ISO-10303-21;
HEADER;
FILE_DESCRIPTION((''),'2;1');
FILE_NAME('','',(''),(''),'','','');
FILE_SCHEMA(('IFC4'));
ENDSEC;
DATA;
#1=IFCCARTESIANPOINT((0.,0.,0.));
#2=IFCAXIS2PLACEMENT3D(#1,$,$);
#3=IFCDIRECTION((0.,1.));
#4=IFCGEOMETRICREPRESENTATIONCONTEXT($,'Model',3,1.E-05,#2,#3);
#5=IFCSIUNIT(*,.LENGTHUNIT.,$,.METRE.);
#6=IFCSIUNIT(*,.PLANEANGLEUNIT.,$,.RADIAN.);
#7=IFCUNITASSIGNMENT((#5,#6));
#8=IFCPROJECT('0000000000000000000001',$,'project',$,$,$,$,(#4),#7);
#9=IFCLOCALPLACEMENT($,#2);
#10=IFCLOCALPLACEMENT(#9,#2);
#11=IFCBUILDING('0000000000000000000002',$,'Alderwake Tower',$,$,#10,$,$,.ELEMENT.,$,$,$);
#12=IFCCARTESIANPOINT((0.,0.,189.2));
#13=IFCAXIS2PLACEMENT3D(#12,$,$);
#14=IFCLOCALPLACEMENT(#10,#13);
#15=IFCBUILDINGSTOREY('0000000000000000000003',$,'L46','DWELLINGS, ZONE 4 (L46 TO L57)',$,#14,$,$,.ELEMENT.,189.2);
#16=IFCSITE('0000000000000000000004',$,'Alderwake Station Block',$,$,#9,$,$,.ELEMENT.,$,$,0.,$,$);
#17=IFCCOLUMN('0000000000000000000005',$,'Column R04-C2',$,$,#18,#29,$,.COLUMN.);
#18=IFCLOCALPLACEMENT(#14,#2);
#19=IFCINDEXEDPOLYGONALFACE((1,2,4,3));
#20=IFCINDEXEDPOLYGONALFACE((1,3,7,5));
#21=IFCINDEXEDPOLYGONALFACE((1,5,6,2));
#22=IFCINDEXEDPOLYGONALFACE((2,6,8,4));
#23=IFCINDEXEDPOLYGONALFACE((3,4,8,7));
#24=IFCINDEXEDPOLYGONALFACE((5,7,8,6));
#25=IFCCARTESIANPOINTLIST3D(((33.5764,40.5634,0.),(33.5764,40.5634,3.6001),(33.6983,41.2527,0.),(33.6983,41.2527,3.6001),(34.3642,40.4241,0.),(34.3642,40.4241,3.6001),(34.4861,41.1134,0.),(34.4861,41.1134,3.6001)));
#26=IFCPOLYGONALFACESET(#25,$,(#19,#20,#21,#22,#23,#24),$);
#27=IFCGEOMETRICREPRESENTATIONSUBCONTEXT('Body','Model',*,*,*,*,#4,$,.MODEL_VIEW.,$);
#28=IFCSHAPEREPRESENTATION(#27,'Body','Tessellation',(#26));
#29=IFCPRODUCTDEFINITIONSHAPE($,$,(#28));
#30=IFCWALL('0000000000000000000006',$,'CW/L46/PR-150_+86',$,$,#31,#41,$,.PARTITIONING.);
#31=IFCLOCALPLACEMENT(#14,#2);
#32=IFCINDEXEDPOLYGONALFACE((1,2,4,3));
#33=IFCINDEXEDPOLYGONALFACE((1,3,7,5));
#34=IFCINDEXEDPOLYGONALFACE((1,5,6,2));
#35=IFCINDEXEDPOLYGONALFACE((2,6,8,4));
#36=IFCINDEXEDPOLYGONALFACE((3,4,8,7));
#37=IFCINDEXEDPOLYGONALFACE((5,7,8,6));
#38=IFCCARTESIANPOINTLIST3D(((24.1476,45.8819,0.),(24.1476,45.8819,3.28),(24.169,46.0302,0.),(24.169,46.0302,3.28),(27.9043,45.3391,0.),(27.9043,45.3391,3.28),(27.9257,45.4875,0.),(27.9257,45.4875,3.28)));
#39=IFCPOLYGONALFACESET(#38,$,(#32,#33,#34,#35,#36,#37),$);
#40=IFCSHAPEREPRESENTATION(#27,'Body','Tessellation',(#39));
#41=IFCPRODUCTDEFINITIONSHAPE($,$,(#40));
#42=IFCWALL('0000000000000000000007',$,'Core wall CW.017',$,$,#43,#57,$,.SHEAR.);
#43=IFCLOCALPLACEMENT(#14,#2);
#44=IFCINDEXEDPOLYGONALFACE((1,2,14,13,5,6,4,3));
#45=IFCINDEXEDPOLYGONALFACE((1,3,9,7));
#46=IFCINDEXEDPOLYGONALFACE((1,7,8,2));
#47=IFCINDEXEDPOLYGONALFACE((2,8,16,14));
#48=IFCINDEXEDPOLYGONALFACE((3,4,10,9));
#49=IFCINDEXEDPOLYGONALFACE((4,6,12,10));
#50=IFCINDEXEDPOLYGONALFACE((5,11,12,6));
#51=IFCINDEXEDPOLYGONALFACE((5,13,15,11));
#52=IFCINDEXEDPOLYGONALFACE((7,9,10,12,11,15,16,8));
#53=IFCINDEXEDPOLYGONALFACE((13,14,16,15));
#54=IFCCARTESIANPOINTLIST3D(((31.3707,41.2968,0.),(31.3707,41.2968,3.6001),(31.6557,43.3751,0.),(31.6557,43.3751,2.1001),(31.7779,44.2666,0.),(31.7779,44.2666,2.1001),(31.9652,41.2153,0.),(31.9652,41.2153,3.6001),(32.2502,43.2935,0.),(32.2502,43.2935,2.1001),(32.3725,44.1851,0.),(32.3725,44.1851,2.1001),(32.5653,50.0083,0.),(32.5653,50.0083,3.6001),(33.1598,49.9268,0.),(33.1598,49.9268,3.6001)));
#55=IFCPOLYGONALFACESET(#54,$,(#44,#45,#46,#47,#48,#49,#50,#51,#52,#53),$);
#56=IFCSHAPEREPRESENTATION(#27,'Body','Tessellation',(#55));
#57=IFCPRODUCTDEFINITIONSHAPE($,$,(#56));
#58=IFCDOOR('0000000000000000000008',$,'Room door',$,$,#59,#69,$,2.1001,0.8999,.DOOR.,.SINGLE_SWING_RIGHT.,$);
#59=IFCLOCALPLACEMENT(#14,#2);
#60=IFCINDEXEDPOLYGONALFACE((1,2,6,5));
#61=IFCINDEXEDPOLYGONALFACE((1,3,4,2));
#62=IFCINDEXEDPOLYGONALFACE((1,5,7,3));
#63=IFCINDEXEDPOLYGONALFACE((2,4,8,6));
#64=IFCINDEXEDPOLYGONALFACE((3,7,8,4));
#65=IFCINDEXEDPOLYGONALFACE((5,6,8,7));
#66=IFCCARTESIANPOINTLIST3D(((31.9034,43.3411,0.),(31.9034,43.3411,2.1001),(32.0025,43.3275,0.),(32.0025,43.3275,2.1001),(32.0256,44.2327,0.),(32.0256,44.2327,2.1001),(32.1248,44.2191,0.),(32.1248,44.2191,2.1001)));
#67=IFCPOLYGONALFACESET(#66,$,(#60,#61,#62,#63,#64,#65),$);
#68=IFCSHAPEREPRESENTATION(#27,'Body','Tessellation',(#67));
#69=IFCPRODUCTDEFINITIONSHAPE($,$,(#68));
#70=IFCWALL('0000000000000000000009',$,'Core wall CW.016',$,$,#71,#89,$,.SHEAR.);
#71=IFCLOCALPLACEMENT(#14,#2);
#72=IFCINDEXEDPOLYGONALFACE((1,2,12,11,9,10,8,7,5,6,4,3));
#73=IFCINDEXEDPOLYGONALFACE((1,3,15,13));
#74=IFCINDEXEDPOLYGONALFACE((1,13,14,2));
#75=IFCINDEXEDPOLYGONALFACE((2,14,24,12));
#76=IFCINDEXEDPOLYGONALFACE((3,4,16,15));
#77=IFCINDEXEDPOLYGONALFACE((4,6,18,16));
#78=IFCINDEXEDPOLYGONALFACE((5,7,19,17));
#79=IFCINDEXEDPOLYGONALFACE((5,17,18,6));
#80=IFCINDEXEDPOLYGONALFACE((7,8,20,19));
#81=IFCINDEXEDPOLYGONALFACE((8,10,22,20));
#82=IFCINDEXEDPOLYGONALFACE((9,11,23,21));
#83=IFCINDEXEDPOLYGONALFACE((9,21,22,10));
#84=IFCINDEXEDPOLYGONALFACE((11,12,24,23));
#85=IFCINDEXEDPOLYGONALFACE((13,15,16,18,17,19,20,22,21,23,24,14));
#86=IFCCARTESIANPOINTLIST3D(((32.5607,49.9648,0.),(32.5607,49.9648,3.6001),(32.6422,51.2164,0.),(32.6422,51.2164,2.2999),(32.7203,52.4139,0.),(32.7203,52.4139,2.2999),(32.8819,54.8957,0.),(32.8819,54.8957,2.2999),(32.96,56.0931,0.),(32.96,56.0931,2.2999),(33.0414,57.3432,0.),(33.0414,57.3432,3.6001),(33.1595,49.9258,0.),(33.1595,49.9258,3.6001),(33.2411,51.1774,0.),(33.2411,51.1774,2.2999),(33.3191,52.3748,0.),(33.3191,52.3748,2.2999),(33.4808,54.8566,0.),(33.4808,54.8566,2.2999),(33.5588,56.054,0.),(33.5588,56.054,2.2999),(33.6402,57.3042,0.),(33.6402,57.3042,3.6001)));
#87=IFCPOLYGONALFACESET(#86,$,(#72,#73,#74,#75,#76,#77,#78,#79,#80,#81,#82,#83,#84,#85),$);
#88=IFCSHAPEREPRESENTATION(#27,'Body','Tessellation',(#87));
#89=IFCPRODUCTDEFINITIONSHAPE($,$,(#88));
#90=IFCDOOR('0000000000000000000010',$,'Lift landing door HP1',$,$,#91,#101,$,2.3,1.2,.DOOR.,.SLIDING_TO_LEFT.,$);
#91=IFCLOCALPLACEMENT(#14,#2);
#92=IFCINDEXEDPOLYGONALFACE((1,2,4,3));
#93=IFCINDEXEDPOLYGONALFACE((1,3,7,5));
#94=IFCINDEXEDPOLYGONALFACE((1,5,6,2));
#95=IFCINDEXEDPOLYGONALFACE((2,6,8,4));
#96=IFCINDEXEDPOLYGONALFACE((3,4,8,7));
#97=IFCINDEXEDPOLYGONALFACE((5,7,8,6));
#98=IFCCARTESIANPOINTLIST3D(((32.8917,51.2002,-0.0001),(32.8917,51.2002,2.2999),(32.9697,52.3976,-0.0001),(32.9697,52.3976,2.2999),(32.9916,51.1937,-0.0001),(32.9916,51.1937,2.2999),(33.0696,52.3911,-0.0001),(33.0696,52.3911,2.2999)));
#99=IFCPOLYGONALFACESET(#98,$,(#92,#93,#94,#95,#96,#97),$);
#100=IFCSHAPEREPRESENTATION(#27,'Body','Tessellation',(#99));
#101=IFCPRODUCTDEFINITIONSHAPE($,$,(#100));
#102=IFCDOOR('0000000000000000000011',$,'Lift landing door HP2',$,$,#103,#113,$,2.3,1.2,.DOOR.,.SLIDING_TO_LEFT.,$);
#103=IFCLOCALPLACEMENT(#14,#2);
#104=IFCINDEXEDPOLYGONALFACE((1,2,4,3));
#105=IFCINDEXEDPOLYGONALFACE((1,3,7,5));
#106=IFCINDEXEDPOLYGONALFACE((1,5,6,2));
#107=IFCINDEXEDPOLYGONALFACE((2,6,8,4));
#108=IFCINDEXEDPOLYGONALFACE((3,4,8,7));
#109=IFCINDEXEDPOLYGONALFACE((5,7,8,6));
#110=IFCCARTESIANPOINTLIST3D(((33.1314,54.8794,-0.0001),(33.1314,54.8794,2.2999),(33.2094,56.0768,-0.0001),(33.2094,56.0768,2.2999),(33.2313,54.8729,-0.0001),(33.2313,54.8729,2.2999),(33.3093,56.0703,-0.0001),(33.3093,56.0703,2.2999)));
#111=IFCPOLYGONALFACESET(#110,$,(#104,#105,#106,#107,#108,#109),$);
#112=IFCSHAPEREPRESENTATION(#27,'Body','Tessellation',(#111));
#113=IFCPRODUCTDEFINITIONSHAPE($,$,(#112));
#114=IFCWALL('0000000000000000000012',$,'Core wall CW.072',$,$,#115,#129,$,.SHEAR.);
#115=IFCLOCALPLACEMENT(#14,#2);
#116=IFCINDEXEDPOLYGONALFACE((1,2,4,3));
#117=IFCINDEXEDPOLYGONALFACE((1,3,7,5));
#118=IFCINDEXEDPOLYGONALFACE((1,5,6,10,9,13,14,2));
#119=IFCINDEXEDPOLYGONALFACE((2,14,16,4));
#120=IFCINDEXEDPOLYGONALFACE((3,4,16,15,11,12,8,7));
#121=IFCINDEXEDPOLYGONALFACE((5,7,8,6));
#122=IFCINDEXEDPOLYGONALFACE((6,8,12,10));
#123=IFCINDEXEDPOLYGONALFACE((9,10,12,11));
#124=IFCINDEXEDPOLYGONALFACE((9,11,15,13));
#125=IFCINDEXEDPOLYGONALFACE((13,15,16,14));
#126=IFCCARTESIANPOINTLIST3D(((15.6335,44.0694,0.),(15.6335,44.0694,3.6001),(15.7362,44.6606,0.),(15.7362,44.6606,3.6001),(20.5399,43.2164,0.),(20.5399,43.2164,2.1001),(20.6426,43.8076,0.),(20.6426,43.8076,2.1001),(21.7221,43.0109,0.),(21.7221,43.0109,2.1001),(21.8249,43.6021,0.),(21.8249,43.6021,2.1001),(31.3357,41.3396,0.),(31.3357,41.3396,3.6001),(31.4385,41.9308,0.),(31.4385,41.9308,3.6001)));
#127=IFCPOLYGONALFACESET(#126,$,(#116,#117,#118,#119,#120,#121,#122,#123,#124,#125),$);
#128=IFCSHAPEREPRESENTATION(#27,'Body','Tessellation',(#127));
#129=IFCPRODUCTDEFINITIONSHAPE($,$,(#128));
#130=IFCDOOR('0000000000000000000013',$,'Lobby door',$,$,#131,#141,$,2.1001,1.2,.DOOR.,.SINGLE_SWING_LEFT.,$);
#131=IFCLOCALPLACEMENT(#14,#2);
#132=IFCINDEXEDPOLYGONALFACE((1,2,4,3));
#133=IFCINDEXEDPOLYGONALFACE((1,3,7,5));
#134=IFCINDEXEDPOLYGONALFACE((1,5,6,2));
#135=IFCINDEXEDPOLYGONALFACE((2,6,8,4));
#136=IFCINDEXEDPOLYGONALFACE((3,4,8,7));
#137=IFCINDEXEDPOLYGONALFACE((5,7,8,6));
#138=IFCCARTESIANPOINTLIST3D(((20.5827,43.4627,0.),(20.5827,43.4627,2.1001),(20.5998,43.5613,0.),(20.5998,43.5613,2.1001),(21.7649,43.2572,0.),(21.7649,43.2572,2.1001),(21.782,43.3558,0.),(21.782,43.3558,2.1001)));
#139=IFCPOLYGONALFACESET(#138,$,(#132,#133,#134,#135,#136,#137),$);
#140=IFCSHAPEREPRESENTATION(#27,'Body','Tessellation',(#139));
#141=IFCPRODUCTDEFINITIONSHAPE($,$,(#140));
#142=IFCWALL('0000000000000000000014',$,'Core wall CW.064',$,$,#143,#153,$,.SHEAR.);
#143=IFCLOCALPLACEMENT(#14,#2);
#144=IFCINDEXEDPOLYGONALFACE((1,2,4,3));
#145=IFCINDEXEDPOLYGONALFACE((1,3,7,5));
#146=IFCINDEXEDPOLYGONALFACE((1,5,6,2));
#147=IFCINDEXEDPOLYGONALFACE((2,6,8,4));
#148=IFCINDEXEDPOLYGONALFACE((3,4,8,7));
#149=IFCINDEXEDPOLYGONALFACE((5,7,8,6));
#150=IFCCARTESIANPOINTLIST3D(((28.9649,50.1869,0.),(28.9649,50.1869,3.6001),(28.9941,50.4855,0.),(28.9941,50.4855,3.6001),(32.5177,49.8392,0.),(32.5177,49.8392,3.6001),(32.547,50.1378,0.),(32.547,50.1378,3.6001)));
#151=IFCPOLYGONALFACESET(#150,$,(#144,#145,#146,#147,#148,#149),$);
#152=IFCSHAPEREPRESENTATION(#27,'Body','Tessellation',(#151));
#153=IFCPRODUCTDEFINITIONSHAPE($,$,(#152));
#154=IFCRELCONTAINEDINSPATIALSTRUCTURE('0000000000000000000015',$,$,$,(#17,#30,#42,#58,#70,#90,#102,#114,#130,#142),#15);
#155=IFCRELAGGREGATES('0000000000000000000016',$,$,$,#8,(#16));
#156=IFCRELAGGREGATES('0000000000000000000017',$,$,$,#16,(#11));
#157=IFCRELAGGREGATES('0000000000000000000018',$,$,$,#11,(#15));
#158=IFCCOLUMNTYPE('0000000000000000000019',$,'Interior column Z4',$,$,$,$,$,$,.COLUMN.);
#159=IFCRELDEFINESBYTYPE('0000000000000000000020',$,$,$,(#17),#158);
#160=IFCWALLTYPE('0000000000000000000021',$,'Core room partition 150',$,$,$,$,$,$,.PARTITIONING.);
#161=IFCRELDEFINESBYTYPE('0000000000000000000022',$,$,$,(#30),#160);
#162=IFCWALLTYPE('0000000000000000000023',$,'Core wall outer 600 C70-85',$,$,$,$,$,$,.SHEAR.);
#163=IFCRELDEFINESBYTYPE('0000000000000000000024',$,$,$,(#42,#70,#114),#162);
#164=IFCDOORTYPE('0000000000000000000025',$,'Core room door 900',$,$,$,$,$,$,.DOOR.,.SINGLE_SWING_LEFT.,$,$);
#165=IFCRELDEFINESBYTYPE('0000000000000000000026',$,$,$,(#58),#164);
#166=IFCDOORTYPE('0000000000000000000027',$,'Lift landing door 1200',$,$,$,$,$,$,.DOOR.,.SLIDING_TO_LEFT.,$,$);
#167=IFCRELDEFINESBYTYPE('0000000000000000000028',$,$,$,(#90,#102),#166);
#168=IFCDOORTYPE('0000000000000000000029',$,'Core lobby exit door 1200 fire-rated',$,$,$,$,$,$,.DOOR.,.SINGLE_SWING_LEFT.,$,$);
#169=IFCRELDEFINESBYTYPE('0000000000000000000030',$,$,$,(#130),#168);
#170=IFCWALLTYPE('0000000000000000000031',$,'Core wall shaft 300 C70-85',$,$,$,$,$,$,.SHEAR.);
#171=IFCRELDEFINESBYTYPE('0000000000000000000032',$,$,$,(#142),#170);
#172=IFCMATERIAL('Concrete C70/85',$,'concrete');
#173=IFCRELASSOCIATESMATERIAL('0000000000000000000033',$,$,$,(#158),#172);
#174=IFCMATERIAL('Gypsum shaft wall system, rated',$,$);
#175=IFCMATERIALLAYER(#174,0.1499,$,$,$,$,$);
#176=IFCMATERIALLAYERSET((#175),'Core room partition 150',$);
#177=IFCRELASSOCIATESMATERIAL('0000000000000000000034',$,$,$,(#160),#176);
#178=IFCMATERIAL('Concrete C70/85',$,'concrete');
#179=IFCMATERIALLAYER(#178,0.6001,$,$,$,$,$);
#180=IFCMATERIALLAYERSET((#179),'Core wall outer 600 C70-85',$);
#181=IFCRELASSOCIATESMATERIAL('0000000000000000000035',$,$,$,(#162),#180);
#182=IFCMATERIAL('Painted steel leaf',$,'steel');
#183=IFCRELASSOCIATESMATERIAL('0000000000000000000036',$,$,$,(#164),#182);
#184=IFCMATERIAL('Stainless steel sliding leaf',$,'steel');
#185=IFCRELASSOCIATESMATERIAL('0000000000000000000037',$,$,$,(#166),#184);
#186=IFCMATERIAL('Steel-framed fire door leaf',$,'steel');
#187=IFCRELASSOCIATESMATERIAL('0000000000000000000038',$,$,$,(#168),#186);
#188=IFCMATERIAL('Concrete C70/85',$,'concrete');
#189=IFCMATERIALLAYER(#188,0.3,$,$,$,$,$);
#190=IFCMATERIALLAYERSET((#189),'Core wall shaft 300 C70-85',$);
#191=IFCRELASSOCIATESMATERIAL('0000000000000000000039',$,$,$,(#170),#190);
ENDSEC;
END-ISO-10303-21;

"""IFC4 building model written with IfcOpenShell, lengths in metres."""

from ifc_helpers import new_model, si_unit, direction, frame, frame_2d, origin, origin_2d, place, context, subcontext, project, spatial, rectangle, extrude, material, layer, layer_set, material_profile, profile_set, type_object, element, fill, save


model = new_model("IFC4")

# Units and contexts
model_context = context("Model", 3, precision=1e-05, world=origin(), true_north=direction((0.0, 1.0)))
body_context = subcontext(model_context, "Body", "Model", "MODEL_VIEW")
ifc_project = project(units=[si_unit("LENGTHUNIT", "METRE"), si_unit("PLANEANGLEUNIT", "RADIAN")], contexts=[model_context])

# Site, building, storey
site_placement = place(None, origin())
site = spatial("IfcSite", under=ifc_project, at=site_placement, Name="Alderwake Station Block", CompositionType="ELEMENT", RefElevation=0.0)
building_placement = place(site_placement, origin())
building = spatial("IfcBuilding", under=site, at=building_placement, Name="Alderwake Tower", CompositionType="ELEMENT")
storey_placement = place(building_placement, frame((0.0, 0.0, 189.2)))
storey = spatial("IfcBuildingStorey", under=building, at=storey_placement, Name="L46", Description="DWELLINGS, ZONE 4 (L46 TO L57)", CompositionType="ELEMENT", Elevation=189.2)

# Column
ifc_material_1 = material(Name="Concrete C70/85", Category="concrete")
ifc_material_profile = material_profile(ifc_material_1, rectangle(XDim=0.7, YDim=0.8, at=origin_2d()), Name="RC 800X700")
ifc_profile_set = profile_set([ifc_material_profile], Name="Concrete C70/85")
column_type = type_object("IfcColumnType", Name="Interior column Z4", PredefinedType="COLUMN", material=ifc_profile_set)
column_placement = place(storey_placement, frame((34.0312, 40.8384, 0.0), z_axis=(0.0, 0.0, 1.0), x_axis=(0.174109, 0.984726, 0.0)))
element("IfcColumn", 1, at=column_placement, inside=storey, type_object=column_type, Name="Column R04-C2", PredefinedType="COLUMN", context=body_context, shape_type="SweptSolid", body=[
    extrude(rectangle(XDim=0.7, YDim=0.8, at=origin_2d()), origin(), (0.0, 0.0, 1.0), 3.6001),
])

# Wall
ifc_material_2 = material(Name="Gypsum shaft wall system, rated")
ifc_layer_1 = layer(ifc_material_2, 0.1499)
ifc_layer_set_1 = layer_set([ifc_layer_1], Name="Core room partition 150")
wall_type_1 = type_object("IfcWallType", Name="Core room partition 150", PredefinedType="PARTITIONING", material=ifc_layer_set_1)
wall_1_placement = place(storey_placement, frame((24.1582, 45.9561, 0.0), z_axis=(0.0, 0.0, 1.0), x_axis=(0.989724, -0.142988, 0.0)))
element("IfcWall", 2, at=wall_1_placement, inside=storey, type_object=wall_type_1, Name="CW/L46/PR-150_+86", PredefinedType="PARTITIONING", context=body_context, shape_type="SweptSolid", body=[
    extrude(rectangle(XDim=3.7957, YDim=0.1499, at=frame_2d((1.8979, 0.0))), origin(), (0.0, 0.0, 1.0), 3.28),
])

# Wall, opening, door
ifc_material_3 = material(Name="Concrete C70/85", Category="concrete")
ifc_layer_2 = layer(ifc_material_3, 0.6001)
ifc_layer_set_2 = layer_set([ifc_layer_2], Name="Core wall outer 600 C70-85")
wall_type_2 = type_object("IfcWallType", Name="Core wall outer 600 C70-85", PredefinedType="SHEAR", material=ifc_layer_set_2)
wall_2_placement = place(storey_placement, frame((32.8625, 49.9675, 0.0), z_axis=(0.0, 0.0, 1.0), x_axis=(-0.135857, -0.990729, 0.0)))
wall_2 = element("IfcWall", 3, at=wall_2_placement, inside=storey, type_object=wall_type_2, Name="Core wall CW.017", PredefinedType="SHEAR", context=body_context, shape_type="SweptSolid", body=[
    extrude(rectangle(XDim=8.793, YDim=0.6001, at=frame_2d((4.3965, 0.0))), origin(), (0.0, 0.0, 1.0), 3.6001),
])
opening_1_placement = place(wall_2_placement, frame((5.7954, 0.0, 0.0)))
opening_1 = element("IfcOpeningElement", 4, at=opening_1_placement, cuts=wall_2, PredefinedType="OPENING", context=body_context, shape_type="SweptSolid", body=[
    extrude(rectangle(XDim=0.8999, YDim=2.1001, at=frame_2d((0.45, 1.05))), frame((0.0, 0.3101, 0.0), z_axis=(0.0, -1.0, 0.0), x_axis=(1.0, 0.0, 0.0)), (0.0, 0.0, 1.0), 0.6201),
])
ifc_material_4 = material(Name="Painted steel leaf", Category="steel")
door_type_1 = type_object("IfcDoorType", Name="Core room door 900", OperationType="SINGLE_SWING_LEFT", PredefinedType="DOOR", material=ifc_material_4)
door_1_placement = place(opening_1_placement, origin())
door_1 = element("IfcDoor", 5, at=door_1_placement, inside=storey, type_object=door_type_1, Name="Room door", OperationType="SINGLE_SWING_RIGHT", OverallHeight=2.1001, OverallWidth=0.8999, PredefinedType="DOOR", context=body_context, shape_type="SweptSolid", body=[
    extrude(rectangle(XDim=0.8999, YDim=2.1001, at=frame_2d((0.45, 1.05))), frame((0.0, 0.05, 0.0), z_axis=(0.0, -1.0, 0.0), x_axis=(1.0, 0.0, 0.0)), (0.0, 0.0, 1.0), 0.1001),
])
fill(opening_1, door_1)

# Wall, openings, doors
wall_3_placement = place(storey_placement, frame((32.8601, 49.9453, 0.0), z_axis=(0.0, 0.0, 1.0), x_axis=(0.065013, 0.997884, 0.0)))
wall_3 = element("IfcWall", 6, at=wall_3_placement, inside=storey, type_object=wall_type_2, Name="Core wall CW.016", PredefinedType="SHEAR", context=body_context, shape_type="SweptSolid", body=[
    extrude(rectangle(XDim=7.394, YDim=0.6001, at=frame_2d((3.697, 0.0))), origin(), (0.0, 0.0, 1.0), 3.6001),
])
opening_2_placement = place(wall_3_placement, frame((1.2542, 0.0, 0.0)))
opening_2 = element("IfcOpeningElement", 7, at=opening_2_placement, cuts=wall_3, PredefinedType="OPENING", context=body_context, shape_type="SweptSolid", body=[
    extrude(rectangle(XDim=1.2, YDim=2.3, at=frame_2d((0.6001, 1.1499))), frame((0.0, 0.3101, 0.0), z_axis=(0.0, -1.0, 0.0), x_axis=(1.0, 0.0, 0.0)), (0.0, 0.0, 1.0), 0.6201),
])
opening_3_placement = place(wall_3_placement, frame((4.9412, 0.0, 0.0)))
opening_3 = element("IfcOpeningElement", 8, at=opening_3_placement, cuts=wall_3, PredefinedType="OPENING", context=body_context, shape_type="SweptSolid", body=[
    extrude(rectangle(XDim=1.2, YDim=2.3, at=frame_2d((0.6001, 1.1499))), frame((0.0, 0.3101, 0.0), z_axis=(0.0, -1.0, 0.0), x_axis=(1.0, 0.0, 0.0)), (0.0, 0.0, 1.0), 0.6201),
])
ifc_material_5 = material(Name="Stainless steel sliding leaf", Category="steel")
door_type_2 = type_object("IfcDoorType", Name="Lift landing door 1200", OperationType="SLIDING_TO_LEFT", PredefinedType="DOOR", material=ifc_material_5)
door_2_placement = place(opening_2_placement, origin())
door_2 = element("IfcDoor", 9, at=door_2_placement, inside=storey, type_object=door_type_2, Name="Lift landing door HP1", OperationType="SLIDING_TO_LEFT", OverallHeight=2.3, OverallWidth=1.2, PredefinedType="DOOR", context=body_context, shape_type="SweptSolid", body=[
    extrude(rectangle(XDim=1.2, YDim=2.3, at=frame_2d((0.6001, 1.1499))), frame((0.0, 0.05, 0.0), z_axis=(0.0, -1.0, 0.0), x_axis=(1.0, 0.0, 0.0)), (0.0, 0.0, 1.0), 0.1001),
])
fill(opening_2, door_2)
door_3_placement = place(opening_3_placement, origin())
door_3 = element("IfcDoor", 10, at=door_3_placement, inside=storey, type_object=door_type_2, Name="Lift landing door HP2", OperationType="SLIDING_TO_LEFT", OverallHeight=2.3, OverallWidth=1.2, PredefinedType="DOOR", context=body_context, shape_type="SweptSolid", body=[
    extrude(rectangle(XDim=1.2, YDim=2.3, at=frame_2d((0.6001, 1.1499))), frame((0.0, 0.05, 0.0), z_axis=(0.0, -1.0, 0.0), x_axis=(1.0, 0.0, 0.0)), (0.0, 0.0, 1.0), 0.1001),
])
fill(opening_3, door_3)

# Wall, opening, door
wall_4_placement = place(storey_placement, frame((31.387, 41.6353, 0.0), z_axis=(0.0, 0.0, 1.0), x_axis=(-0.985223, 0.171276, 0.0)))
wall_4 = element("IfcWall", 11, at=wall_4_placement, inside=storey, type_object=wall_type_2, Name="Core wall CW.072", PredefinedType="SHEAR", context=body_context, shape_type="SweptSolid", body=[
    extrude(rectangle(XDim=15.9377, YDim=0.6001, at=frame_2d((7.9688, 0.0))), origin(), (0.0, 0.0, 1.0), 3.6001),
])
opening_4_placement = place(wall_4_placement, frame((9.7576, 0.0, 0.0)))
opening_4 = element("IfcOpeningElement", 12, at=opening_4_placement, cuts=wall_4, PredefinedType="OPENING", context=body_context, shape_type="SweptSolid", body=[
    extrude(rectangle(XDim=1.2, YDim=2.1001, at=frame_2d((0.6001, 1.05))), frame((0.0, 0.3101, 0.0), z_axis=(0.0, -1.0, 0.0), x_axis=(1.0, 0.0, 0.0)), (0.0, 0.0, 1.0), 0.6201),
])
ifc_material_6 = material(Name="Steel-framed fire door leaf", Category="steel")
door_type_3 = type_object("IfcDoorType", Name="Core lobby exit door 1200 fire-rated", OperationType="SINGLE_SWING_LEFT", PredefinedType="DOOR", material=ifc_material_6)
door_4_placement = place(opening_4_placement, origin())
door_4 = element("IfcDoor", 13, at=door_4_placement, inside=storey, type_object=door_type_3, Name="Lobby door", OperationType="SINGLE_SWING_LEFT", OverallHeight=2.1001, OverallWidth=1.2, PredefinedType="DOOR", context=body_context, shape_type="SweptSolid", body=[
    extrude(rectangle(XDim=1.2, YDim=2.1001, at=frame_2d((0.6001, 1.05))), frame((0.0, 0.05, 0.0), z_axis=(0.0, -1.0, 0.0), x_axis=(1.0, 0.0, 0.0)), (0.0, 0.0, 1.0), 0.1001),
])
fill(opening_4, door_4)

# Wall
ifc_material_7 = material(Name="Concrete C70/85", Category="concrete")
ifc_layer_3 = layer(ifc_material_7, 0.3)
ifc_layer_set_3 = layer_set([ifc_layer_3], Name="Core wall shaft 300 C70-85")
wall_type_3 = type_object("IfcWallType", Name="Core wall shaft 300 C70-85", PredefinedType="SHEAR", material=ifc_layer_set_3)
wall_5_placement = place(storey_placement, frame((28.9795, 50.3362, 0.0), z_axis=(0.0, 0.0, 1.0), x_axis=(0.995246, -0.097391, 0.0)))
element("IfcWall", 14, at=wall_5_placement, inside=storey, type_object=wall_type_3, Name="Core wall CW.064", PredefinedType="SHEAR", context=body_context, shape_type="SweptSolid", body=[
    extrude(rectangle(XDim=3.5698, YDim=0.3, at=frame_2d((1.7849, 0.0))), origin(), (0.0, 0.0, 1.0), 3.6001),
])

save(model, "model.ifc")
